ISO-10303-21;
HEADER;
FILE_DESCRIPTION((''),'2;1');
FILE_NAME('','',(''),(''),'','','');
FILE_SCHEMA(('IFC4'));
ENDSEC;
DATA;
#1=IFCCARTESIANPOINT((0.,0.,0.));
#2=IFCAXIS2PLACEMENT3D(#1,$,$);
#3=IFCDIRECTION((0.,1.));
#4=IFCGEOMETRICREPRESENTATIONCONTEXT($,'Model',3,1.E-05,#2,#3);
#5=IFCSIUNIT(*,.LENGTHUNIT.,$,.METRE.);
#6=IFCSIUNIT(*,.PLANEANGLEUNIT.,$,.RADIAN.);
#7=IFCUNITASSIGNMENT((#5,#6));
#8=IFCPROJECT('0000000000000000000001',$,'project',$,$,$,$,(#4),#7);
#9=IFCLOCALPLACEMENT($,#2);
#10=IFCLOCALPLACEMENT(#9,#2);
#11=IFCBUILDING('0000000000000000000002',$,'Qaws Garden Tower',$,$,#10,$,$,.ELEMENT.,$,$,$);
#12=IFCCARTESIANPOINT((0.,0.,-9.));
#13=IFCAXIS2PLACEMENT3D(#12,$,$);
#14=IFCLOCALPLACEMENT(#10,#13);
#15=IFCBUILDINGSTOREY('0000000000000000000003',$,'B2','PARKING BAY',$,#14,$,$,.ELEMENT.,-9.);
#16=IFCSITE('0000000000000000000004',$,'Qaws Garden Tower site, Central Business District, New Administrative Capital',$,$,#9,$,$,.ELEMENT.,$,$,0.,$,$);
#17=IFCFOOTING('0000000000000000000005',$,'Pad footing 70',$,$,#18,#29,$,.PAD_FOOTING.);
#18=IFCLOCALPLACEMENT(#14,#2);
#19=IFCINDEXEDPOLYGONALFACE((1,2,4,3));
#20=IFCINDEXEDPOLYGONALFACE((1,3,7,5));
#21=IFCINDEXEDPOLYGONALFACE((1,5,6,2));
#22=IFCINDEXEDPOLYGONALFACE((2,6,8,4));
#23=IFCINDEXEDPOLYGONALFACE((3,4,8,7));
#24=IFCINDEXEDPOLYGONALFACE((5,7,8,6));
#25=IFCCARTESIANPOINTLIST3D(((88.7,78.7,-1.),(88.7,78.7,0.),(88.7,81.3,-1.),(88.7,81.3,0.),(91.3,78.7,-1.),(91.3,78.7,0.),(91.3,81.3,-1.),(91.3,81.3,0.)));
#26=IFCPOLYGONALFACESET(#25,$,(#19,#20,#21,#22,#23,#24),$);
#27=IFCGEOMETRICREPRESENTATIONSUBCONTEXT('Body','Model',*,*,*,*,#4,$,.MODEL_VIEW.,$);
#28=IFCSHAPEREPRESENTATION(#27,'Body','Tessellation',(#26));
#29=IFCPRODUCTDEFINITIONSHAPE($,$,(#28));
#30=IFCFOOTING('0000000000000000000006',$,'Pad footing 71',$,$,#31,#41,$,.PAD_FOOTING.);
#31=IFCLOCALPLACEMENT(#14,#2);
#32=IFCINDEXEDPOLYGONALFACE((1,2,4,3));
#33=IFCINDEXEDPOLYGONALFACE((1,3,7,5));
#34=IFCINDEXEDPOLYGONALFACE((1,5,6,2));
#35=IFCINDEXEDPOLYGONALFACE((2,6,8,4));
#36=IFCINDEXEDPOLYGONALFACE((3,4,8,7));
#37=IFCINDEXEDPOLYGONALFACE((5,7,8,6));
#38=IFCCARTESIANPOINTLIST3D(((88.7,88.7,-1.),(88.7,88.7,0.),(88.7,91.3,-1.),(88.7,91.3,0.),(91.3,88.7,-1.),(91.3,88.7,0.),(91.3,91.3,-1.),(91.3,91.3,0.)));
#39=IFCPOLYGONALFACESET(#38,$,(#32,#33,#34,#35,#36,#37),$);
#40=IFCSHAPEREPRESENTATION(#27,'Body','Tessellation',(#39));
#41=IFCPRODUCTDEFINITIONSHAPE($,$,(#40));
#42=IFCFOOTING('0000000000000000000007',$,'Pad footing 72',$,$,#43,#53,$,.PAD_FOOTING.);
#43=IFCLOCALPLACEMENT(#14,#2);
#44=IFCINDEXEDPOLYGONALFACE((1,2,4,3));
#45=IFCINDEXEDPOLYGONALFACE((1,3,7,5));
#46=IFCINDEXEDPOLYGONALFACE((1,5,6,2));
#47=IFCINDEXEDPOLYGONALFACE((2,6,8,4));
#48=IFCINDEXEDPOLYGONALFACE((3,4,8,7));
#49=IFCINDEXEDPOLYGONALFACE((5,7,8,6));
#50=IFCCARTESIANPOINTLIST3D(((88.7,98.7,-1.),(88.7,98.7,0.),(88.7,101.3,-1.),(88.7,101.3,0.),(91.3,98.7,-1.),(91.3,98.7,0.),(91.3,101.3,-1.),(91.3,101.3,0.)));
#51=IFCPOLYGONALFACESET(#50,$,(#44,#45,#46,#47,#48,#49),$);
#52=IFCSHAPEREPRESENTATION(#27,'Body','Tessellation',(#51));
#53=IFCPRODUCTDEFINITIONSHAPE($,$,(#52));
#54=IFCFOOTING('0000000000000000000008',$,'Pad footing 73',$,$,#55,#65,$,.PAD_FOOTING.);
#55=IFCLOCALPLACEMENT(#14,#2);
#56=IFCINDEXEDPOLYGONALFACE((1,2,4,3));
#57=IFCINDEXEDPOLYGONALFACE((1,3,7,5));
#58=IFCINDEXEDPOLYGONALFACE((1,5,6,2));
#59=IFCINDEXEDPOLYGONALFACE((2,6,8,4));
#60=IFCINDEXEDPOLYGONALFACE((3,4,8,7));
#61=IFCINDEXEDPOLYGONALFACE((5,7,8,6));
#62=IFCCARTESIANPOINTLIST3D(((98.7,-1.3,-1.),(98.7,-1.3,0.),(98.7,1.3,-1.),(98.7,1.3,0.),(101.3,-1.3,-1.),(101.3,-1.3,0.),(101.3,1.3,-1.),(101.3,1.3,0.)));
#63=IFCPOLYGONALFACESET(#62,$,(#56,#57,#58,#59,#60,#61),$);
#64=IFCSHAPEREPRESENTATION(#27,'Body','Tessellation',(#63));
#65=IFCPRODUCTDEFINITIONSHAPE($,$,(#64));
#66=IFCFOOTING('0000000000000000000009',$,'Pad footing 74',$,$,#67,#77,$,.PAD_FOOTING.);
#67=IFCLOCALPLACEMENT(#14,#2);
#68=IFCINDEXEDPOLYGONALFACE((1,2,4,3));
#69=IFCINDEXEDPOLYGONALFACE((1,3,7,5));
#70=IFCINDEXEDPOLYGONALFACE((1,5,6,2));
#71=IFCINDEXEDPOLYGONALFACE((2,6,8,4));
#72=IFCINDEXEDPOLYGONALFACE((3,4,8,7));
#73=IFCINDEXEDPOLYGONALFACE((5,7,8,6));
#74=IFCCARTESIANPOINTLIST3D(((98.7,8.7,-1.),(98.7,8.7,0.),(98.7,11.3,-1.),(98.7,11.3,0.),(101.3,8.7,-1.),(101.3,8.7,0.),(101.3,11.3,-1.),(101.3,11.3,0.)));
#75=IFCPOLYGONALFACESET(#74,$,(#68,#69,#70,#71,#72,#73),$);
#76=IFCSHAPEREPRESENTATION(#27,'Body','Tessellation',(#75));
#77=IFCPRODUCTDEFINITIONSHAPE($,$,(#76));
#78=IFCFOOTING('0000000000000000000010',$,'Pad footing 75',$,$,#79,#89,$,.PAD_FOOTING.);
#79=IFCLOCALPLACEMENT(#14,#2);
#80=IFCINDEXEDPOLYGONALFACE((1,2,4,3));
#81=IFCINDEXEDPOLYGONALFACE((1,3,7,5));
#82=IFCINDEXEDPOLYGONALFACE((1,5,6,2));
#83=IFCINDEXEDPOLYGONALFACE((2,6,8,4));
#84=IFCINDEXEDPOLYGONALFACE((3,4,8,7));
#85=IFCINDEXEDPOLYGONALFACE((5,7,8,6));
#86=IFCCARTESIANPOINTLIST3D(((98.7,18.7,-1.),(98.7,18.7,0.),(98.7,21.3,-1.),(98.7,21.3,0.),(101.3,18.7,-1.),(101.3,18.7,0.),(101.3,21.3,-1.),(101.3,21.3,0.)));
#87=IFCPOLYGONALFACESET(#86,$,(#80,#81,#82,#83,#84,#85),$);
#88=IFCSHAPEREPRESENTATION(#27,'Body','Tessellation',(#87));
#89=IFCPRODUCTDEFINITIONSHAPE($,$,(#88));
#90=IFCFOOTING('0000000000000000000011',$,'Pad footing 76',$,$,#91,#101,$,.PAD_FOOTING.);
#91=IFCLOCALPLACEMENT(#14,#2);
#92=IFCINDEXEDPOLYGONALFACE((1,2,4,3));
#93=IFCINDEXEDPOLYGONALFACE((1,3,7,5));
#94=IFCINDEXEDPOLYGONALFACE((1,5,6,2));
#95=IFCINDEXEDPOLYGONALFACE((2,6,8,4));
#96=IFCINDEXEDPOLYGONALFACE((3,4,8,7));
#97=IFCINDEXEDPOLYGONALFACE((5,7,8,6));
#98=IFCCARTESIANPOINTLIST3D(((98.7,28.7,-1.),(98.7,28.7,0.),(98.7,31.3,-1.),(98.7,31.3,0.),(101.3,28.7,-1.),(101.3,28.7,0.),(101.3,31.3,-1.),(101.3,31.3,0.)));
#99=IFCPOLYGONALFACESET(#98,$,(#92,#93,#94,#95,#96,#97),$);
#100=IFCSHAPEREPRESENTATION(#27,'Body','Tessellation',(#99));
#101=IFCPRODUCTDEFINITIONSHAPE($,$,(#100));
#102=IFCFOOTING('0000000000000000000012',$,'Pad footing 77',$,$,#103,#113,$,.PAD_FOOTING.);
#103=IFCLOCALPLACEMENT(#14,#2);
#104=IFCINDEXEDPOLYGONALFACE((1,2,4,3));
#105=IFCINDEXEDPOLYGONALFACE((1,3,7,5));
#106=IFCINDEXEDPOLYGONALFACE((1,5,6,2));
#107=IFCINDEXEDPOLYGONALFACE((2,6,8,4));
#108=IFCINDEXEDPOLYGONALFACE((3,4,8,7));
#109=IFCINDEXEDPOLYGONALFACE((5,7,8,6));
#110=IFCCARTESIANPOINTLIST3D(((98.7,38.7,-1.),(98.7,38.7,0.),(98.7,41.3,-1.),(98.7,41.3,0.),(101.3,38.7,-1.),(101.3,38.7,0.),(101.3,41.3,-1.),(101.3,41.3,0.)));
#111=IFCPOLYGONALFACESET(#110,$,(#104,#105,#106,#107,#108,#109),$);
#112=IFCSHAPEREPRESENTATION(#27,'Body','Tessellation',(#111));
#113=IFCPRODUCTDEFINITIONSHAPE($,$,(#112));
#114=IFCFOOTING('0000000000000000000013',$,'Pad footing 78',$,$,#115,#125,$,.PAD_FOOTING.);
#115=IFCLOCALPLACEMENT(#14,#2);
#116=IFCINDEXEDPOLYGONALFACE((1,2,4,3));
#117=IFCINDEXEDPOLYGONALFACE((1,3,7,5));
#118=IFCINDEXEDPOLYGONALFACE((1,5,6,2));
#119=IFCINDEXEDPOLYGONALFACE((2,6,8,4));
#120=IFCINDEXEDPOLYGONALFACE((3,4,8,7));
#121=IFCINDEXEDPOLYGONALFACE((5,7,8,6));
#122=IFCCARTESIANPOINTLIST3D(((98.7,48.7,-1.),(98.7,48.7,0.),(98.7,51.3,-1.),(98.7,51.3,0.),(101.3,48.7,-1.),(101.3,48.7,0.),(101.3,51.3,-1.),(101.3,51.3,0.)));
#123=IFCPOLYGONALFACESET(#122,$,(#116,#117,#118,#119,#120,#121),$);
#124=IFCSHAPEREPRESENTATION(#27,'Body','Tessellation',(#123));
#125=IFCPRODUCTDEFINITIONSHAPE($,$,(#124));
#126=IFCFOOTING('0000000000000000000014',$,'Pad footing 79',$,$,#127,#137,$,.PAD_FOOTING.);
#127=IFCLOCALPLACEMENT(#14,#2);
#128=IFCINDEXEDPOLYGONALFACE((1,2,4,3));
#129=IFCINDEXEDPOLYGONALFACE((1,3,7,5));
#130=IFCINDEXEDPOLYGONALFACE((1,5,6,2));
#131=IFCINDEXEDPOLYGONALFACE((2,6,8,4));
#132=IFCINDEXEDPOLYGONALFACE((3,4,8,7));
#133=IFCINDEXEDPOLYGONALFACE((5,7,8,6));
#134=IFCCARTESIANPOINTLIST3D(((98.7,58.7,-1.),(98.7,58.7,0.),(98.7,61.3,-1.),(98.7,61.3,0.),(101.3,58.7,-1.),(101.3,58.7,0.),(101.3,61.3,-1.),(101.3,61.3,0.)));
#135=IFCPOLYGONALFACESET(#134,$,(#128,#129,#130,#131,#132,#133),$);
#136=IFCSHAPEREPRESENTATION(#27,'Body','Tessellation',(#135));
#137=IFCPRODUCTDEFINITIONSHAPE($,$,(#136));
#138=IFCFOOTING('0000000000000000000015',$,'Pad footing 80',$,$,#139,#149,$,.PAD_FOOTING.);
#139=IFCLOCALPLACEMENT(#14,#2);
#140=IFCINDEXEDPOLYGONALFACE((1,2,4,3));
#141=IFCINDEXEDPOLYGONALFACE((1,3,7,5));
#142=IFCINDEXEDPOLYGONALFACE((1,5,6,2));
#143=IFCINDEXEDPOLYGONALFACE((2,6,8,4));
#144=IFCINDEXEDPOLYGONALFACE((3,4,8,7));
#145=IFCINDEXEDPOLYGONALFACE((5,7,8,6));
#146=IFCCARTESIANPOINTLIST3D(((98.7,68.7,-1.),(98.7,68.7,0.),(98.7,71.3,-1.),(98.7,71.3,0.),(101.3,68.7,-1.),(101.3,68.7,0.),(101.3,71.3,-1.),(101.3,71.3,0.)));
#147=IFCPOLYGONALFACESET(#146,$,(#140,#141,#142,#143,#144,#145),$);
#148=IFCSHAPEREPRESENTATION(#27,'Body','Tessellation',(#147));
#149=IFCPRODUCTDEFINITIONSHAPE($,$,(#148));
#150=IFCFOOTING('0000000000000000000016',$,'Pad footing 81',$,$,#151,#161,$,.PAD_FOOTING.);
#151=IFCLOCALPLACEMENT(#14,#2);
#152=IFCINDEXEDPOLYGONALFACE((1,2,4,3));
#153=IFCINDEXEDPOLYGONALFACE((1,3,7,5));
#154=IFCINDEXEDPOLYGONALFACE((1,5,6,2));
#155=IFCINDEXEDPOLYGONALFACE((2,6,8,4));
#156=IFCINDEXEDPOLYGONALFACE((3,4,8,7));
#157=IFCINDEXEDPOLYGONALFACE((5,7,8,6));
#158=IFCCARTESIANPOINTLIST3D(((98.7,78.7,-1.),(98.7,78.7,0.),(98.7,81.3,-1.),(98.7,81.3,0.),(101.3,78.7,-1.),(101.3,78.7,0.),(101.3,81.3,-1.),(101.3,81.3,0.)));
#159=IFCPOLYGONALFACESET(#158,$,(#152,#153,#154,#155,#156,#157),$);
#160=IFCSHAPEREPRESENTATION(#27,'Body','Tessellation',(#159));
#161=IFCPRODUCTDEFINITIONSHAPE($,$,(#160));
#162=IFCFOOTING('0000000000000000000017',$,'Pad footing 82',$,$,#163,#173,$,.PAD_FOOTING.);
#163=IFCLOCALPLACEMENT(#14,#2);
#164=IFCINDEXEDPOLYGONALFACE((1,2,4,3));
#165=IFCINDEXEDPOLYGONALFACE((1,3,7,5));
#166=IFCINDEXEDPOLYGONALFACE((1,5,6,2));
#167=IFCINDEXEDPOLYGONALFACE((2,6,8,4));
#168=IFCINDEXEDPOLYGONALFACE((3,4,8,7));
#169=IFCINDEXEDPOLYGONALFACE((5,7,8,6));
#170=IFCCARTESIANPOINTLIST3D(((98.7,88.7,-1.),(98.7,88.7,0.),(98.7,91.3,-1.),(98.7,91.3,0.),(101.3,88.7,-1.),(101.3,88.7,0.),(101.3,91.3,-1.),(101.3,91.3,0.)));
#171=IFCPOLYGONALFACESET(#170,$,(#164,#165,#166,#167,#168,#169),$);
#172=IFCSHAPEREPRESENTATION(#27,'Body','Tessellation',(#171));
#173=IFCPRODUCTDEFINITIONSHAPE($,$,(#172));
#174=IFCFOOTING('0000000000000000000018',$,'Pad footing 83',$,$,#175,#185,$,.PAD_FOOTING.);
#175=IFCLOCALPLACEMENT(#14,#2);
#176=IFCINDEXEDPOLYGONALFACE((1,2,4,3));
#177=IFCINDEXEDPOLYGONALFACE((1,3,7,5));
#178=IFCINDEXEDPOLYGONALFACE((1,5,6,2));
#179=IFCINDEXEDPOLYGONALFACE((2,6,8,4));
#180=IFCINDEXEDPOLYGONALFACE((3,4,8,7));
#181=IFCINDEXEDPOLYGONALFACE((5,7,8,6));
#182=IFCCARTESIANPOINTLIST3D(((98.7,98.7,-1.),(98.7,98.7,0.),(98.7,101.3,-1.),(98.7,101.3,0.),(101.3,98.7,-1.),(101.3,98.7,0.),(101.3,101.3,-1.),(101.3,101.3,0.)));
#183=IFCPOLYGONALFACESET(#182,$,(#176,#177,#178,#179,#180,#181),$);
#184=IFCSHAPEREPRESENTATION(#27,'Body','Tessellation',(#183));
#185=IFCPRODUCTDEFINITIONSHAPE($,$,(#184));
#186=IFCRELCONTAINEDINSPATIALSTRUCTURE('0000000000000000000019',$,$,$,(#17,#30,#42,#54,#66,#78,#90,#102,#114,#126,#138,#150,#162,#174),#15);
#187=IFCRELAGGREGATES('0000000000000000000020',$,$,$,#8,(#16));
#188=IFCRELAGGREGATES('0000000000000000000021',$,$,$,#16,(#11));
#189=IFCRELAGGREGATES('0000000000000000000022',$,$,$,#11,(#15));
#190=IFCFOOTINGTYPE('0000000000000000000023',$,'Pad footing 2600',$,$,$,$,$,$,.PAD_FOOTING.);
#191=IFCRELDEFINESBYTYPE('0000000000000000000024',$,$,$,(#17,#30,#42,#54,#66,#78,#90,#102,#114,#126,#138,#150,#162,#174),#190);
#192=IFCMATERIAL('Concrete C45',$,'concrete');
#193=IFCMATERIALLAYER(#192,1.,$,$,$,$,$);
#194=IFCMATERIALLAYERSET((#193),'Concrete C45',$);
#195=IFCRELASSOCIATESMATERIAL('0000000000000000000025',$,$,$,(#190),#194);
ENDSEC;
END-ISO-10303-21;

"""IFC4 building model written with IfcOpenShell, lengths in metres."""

from ifc_helpers import new_model, si_unit, direction, frame, origin, place, context, subcontext, project, spatial, polyline, outline, extrude, material, layer, layer_set, type_object, element, save


model = new_model("IFC4")

# Units and contexts
model_context = context("Model", 3, precision=1e-05, world=origin(), true_north=direction((0.0, 1.0)))
body_context = subcontext(model_context, "Body", "Model", "MODEL_VIEW")
ifc_project = project(units=[si_unit("LENGTHUNIT", "METRE"), si_unit("PLANEANGLEUNIT", "RADIAN")], contexts=[model_context])

# Site, building, storey
site_placement = place(None, origin())
site = spatial("IfcSite", under=ifc_project, at=site_placement, Name="Qaws Garden Tower site, Central Business District, New Administrative Capital", CompositionType="ELEMENT", RefElevation=0.0)
building_placement = place(site_placement, origin())
building = spatial("IfcBuilding", under=site, at=building_placement, Name="Qaws Garden Tower", CompositionType="ELEMENT")
storey_placement = place(building_placement, frame((0.0, 0.0, -9.0)))
storey = spatial("IfcBuildingStorey", under=building, at=storey_placement, Name="B2", Description="PARKING BAY", CompositionType="ELEMENT", Elevation=-9.0)

# Footings
ifc_material_1 = material(Name="Concrete C45", Category="concrete")
ifc_layer_1 = layer(ifc_material_1, 1.0)
ifc_layer_set_1 = layer_set([ifc_layer_1], Name="Concrete C45")
footing_type = type_object("IfcFootingType", Name="Pad footing 2600", PredefinedType="PAD_FOOTING", material=ifc_layer_set_1)
placement_1 = place(storey_placement, frame((0.0, 0.0, -1.0)))
element("IfcFooting", 1, at=placement_1, inside=storey, type_object=footing_type, Name="Pad footing 70", PredefinedType="PAD_FOOTING", context=body_context, shape_type="SweptSolid", body=[
    extrude(outline(polyline([(88.7, 78.7), (91.3, 78.7), (91.3, 81.3), (88.7, 81.3), (88.7, 78.7)])), origin(), (0.0, 0.0, 1.0), 1.0),
])
element("IfcFooting", 2, at=placement_1, inside=storey, type_object=footing_type, Name="Pad footing 71", PredefinedType="PAD_FOOTING", context=body_context, shape_type="SweptSolid", body=[
    extrude(outline(polyline([(88.7, 88.7), (91.3, 88.7), (91.3, 91.3), (88.7, 91.3), (88.7, 88.7)])), origin(), (0.0, 0.0, 1.0), 1.0),
])
element("IfcFooting", 3, at=placement_1, inside=storey, type_object=footing_type, Name="Pad footing 72", PredefinedType="PAD_FOOTING", context=body_context, shape_type="SweptSolid", body=[
    extrude(outline(polyline([(88.7, 98.7), (91.3, 98.7), (91.3, 101.3), (88.7, 101.3), (88.7, 98.7)])), origin(), (0.0, 0.0, 1.0), 1.0),
])
element("IfcFooting", 4, at=placement_1, inside=storey, type_object=footing_type, Name="Pad footing 73", PredefinedType="PAD_FOOTING", context=body_context, shape_type="SweptSolid", body=[
    extrude(outline(polyline([(98.7, -1.3), (101.3, -1.3), (101.3, 1.3), (98.7, 1.3), (98.7, -1.3)])), origin(), (0.0, 0.0, 1.0), 1.0),
])
element("IfcFooting", 5, at=placement_1, inside=storey, type_object=footing_type, Name="Pad footing 74", PredefinedType="PAD_FOOTING", context=body_context, shape_type="SweptSolid", body=[
    extrude(outline(polyline([(98.7, 8.7), (101.3, 8.7), (101.3, 11.3), (98.7, 11.3), (98.7, 8.7)])), origin(), (0.0, 0.0, 1.0), 1.0),
])
element("IfcFooting", 6, at=placement_1, inside=storey, type_object=footing_type, Name="Pad footing 75", PredefinedType="PAD_FOOTING", context=body_context, shape_type="SweptSolid", body=[
    extrude(outline(polyline([(98.7, 18.7), (101.3, 18.7), (101.3, 21.3), (98.7, 21.3), (98.7, 18.7)])), origin(), (0.0, 0.0, 1.0), 1.0),
])
element("IfcFooting", 7, at=placement_1, inside=storey, type_object=footing_type, Name="Pad footing 76", PredefinedType="PAD_FOOTING", context=body_context, shape_type="SweptSolid", body=[
    extrude(outline(polyline([(98.7, 28.7), (101.3, 28.7), (101.3, 31.3), (98.7, 31.3), (98.7, 28.7)])), origin(), (0.0, 0.0, 1.0), 1.0),
])
element("IfcFooting", 8, at=placement_1, inside=storey, type_object=footing_type, Name="Pad footing 77", PredefinedType="PAD_FOOTING", context=body_context, shape_type="SweptSolid", body=[
    extrude(outline(polyline([(98.7, 38.7), (101.3, 38.7), (101.3, 41.3), (98.7, 41.3), (98.7, 38.7)])), origin(), (0.0, 0.0, 1.0), 1.0),
])
element("IfcFooting", 9, at=placement_1, inside=storey, type_object=footing_type, Name="Pad footing 78", PredefinedType="PAD_FOOTING", context=body_context, shape_type="SweptSolid", body=[
    extrude(outline(polyline([(98.7, 48.7), (101.3, 48.7), (101.3, 51.3), (98.7, 51.3), (98.7, 48.7)])), origin(), (0.0, 0.0, 1.0), 1.0),
])
element("IfcFooting", 10, at=placement_1, inside=storey, type_object=footing_type, Name="Pad footing 79", PredefinedType="PAD_FOOTING", context=body_context, shape_type="SweptSolid", body=[
    extrude(outline(polyline([(98.7, 58.7), (101.3, 58.7), (101.3, 61.3), (98.7, 61.3), (98.7, 58.7)])), origin(), (0.0, 0.0, 1.0), 1.0),
])
element("IfcFooting", 11, at=placement_1, inside=storey, type_object=footing_type, Name="Pad footing 80", PredefinedType="PAD_FOOTING", context=body_context, shape_type="SweptSolid", body=[
    extrude(outline(polyline([(98.7, 68.7), (101.3, 68.7), (101.3, 71.3), (98.7, 71.3), (98.7, 68.7)])), origin(), (0.0, 0.0, 1.0), 1.0),
])
element("IfcFooting", 12, at=placement_1, inside=storey, type_object=footing_type, Name="Pad footing 81", PredefinedType="PAD_FOOTING", context=body_context, shape_type="SweptSolid", body=[
    extrude(outline(polyline([(98.7, 78.7), (101.3, 78.7), (101.3, 81.3), (98.7, 81.3), (98.7, 78.7)])), origin(), (0.0, 0.0, 1.0), 1.0),
])
element("IfcFooting", 13, at=placement_1, inside=storey, type_object=footing_type, Name="Pad footing 82", PredefinedType="PAD_FOOTING", context=body_context, shape_type="SweptSolid", body=[
    extrude(outline(polyline([(98.7, 88.7), (101.3, 88.7), (101.3, 91.3), (98.7, 91.3), (98.7, 88.7)])), origin(), (0.0, 0.0, 1.0), 1.0),
])
element("IfcFooting", 14, at=placement_1, inside=storey, type_object=footing_type, Name="Pad footing 83", PredefinedType="PAD_FOOTING", context=body_context, shape_type="SweptSolid", body=[
    extrude(outline(polyline([(98.7, 98.7), (101.3, 98.7), (101.3, 101.3), (98.7, 101.3), (98.7, 98.7)])), origin(), (0.0, 0.0, 1.0), 1.0),
])

save(model, "model.ifc")
